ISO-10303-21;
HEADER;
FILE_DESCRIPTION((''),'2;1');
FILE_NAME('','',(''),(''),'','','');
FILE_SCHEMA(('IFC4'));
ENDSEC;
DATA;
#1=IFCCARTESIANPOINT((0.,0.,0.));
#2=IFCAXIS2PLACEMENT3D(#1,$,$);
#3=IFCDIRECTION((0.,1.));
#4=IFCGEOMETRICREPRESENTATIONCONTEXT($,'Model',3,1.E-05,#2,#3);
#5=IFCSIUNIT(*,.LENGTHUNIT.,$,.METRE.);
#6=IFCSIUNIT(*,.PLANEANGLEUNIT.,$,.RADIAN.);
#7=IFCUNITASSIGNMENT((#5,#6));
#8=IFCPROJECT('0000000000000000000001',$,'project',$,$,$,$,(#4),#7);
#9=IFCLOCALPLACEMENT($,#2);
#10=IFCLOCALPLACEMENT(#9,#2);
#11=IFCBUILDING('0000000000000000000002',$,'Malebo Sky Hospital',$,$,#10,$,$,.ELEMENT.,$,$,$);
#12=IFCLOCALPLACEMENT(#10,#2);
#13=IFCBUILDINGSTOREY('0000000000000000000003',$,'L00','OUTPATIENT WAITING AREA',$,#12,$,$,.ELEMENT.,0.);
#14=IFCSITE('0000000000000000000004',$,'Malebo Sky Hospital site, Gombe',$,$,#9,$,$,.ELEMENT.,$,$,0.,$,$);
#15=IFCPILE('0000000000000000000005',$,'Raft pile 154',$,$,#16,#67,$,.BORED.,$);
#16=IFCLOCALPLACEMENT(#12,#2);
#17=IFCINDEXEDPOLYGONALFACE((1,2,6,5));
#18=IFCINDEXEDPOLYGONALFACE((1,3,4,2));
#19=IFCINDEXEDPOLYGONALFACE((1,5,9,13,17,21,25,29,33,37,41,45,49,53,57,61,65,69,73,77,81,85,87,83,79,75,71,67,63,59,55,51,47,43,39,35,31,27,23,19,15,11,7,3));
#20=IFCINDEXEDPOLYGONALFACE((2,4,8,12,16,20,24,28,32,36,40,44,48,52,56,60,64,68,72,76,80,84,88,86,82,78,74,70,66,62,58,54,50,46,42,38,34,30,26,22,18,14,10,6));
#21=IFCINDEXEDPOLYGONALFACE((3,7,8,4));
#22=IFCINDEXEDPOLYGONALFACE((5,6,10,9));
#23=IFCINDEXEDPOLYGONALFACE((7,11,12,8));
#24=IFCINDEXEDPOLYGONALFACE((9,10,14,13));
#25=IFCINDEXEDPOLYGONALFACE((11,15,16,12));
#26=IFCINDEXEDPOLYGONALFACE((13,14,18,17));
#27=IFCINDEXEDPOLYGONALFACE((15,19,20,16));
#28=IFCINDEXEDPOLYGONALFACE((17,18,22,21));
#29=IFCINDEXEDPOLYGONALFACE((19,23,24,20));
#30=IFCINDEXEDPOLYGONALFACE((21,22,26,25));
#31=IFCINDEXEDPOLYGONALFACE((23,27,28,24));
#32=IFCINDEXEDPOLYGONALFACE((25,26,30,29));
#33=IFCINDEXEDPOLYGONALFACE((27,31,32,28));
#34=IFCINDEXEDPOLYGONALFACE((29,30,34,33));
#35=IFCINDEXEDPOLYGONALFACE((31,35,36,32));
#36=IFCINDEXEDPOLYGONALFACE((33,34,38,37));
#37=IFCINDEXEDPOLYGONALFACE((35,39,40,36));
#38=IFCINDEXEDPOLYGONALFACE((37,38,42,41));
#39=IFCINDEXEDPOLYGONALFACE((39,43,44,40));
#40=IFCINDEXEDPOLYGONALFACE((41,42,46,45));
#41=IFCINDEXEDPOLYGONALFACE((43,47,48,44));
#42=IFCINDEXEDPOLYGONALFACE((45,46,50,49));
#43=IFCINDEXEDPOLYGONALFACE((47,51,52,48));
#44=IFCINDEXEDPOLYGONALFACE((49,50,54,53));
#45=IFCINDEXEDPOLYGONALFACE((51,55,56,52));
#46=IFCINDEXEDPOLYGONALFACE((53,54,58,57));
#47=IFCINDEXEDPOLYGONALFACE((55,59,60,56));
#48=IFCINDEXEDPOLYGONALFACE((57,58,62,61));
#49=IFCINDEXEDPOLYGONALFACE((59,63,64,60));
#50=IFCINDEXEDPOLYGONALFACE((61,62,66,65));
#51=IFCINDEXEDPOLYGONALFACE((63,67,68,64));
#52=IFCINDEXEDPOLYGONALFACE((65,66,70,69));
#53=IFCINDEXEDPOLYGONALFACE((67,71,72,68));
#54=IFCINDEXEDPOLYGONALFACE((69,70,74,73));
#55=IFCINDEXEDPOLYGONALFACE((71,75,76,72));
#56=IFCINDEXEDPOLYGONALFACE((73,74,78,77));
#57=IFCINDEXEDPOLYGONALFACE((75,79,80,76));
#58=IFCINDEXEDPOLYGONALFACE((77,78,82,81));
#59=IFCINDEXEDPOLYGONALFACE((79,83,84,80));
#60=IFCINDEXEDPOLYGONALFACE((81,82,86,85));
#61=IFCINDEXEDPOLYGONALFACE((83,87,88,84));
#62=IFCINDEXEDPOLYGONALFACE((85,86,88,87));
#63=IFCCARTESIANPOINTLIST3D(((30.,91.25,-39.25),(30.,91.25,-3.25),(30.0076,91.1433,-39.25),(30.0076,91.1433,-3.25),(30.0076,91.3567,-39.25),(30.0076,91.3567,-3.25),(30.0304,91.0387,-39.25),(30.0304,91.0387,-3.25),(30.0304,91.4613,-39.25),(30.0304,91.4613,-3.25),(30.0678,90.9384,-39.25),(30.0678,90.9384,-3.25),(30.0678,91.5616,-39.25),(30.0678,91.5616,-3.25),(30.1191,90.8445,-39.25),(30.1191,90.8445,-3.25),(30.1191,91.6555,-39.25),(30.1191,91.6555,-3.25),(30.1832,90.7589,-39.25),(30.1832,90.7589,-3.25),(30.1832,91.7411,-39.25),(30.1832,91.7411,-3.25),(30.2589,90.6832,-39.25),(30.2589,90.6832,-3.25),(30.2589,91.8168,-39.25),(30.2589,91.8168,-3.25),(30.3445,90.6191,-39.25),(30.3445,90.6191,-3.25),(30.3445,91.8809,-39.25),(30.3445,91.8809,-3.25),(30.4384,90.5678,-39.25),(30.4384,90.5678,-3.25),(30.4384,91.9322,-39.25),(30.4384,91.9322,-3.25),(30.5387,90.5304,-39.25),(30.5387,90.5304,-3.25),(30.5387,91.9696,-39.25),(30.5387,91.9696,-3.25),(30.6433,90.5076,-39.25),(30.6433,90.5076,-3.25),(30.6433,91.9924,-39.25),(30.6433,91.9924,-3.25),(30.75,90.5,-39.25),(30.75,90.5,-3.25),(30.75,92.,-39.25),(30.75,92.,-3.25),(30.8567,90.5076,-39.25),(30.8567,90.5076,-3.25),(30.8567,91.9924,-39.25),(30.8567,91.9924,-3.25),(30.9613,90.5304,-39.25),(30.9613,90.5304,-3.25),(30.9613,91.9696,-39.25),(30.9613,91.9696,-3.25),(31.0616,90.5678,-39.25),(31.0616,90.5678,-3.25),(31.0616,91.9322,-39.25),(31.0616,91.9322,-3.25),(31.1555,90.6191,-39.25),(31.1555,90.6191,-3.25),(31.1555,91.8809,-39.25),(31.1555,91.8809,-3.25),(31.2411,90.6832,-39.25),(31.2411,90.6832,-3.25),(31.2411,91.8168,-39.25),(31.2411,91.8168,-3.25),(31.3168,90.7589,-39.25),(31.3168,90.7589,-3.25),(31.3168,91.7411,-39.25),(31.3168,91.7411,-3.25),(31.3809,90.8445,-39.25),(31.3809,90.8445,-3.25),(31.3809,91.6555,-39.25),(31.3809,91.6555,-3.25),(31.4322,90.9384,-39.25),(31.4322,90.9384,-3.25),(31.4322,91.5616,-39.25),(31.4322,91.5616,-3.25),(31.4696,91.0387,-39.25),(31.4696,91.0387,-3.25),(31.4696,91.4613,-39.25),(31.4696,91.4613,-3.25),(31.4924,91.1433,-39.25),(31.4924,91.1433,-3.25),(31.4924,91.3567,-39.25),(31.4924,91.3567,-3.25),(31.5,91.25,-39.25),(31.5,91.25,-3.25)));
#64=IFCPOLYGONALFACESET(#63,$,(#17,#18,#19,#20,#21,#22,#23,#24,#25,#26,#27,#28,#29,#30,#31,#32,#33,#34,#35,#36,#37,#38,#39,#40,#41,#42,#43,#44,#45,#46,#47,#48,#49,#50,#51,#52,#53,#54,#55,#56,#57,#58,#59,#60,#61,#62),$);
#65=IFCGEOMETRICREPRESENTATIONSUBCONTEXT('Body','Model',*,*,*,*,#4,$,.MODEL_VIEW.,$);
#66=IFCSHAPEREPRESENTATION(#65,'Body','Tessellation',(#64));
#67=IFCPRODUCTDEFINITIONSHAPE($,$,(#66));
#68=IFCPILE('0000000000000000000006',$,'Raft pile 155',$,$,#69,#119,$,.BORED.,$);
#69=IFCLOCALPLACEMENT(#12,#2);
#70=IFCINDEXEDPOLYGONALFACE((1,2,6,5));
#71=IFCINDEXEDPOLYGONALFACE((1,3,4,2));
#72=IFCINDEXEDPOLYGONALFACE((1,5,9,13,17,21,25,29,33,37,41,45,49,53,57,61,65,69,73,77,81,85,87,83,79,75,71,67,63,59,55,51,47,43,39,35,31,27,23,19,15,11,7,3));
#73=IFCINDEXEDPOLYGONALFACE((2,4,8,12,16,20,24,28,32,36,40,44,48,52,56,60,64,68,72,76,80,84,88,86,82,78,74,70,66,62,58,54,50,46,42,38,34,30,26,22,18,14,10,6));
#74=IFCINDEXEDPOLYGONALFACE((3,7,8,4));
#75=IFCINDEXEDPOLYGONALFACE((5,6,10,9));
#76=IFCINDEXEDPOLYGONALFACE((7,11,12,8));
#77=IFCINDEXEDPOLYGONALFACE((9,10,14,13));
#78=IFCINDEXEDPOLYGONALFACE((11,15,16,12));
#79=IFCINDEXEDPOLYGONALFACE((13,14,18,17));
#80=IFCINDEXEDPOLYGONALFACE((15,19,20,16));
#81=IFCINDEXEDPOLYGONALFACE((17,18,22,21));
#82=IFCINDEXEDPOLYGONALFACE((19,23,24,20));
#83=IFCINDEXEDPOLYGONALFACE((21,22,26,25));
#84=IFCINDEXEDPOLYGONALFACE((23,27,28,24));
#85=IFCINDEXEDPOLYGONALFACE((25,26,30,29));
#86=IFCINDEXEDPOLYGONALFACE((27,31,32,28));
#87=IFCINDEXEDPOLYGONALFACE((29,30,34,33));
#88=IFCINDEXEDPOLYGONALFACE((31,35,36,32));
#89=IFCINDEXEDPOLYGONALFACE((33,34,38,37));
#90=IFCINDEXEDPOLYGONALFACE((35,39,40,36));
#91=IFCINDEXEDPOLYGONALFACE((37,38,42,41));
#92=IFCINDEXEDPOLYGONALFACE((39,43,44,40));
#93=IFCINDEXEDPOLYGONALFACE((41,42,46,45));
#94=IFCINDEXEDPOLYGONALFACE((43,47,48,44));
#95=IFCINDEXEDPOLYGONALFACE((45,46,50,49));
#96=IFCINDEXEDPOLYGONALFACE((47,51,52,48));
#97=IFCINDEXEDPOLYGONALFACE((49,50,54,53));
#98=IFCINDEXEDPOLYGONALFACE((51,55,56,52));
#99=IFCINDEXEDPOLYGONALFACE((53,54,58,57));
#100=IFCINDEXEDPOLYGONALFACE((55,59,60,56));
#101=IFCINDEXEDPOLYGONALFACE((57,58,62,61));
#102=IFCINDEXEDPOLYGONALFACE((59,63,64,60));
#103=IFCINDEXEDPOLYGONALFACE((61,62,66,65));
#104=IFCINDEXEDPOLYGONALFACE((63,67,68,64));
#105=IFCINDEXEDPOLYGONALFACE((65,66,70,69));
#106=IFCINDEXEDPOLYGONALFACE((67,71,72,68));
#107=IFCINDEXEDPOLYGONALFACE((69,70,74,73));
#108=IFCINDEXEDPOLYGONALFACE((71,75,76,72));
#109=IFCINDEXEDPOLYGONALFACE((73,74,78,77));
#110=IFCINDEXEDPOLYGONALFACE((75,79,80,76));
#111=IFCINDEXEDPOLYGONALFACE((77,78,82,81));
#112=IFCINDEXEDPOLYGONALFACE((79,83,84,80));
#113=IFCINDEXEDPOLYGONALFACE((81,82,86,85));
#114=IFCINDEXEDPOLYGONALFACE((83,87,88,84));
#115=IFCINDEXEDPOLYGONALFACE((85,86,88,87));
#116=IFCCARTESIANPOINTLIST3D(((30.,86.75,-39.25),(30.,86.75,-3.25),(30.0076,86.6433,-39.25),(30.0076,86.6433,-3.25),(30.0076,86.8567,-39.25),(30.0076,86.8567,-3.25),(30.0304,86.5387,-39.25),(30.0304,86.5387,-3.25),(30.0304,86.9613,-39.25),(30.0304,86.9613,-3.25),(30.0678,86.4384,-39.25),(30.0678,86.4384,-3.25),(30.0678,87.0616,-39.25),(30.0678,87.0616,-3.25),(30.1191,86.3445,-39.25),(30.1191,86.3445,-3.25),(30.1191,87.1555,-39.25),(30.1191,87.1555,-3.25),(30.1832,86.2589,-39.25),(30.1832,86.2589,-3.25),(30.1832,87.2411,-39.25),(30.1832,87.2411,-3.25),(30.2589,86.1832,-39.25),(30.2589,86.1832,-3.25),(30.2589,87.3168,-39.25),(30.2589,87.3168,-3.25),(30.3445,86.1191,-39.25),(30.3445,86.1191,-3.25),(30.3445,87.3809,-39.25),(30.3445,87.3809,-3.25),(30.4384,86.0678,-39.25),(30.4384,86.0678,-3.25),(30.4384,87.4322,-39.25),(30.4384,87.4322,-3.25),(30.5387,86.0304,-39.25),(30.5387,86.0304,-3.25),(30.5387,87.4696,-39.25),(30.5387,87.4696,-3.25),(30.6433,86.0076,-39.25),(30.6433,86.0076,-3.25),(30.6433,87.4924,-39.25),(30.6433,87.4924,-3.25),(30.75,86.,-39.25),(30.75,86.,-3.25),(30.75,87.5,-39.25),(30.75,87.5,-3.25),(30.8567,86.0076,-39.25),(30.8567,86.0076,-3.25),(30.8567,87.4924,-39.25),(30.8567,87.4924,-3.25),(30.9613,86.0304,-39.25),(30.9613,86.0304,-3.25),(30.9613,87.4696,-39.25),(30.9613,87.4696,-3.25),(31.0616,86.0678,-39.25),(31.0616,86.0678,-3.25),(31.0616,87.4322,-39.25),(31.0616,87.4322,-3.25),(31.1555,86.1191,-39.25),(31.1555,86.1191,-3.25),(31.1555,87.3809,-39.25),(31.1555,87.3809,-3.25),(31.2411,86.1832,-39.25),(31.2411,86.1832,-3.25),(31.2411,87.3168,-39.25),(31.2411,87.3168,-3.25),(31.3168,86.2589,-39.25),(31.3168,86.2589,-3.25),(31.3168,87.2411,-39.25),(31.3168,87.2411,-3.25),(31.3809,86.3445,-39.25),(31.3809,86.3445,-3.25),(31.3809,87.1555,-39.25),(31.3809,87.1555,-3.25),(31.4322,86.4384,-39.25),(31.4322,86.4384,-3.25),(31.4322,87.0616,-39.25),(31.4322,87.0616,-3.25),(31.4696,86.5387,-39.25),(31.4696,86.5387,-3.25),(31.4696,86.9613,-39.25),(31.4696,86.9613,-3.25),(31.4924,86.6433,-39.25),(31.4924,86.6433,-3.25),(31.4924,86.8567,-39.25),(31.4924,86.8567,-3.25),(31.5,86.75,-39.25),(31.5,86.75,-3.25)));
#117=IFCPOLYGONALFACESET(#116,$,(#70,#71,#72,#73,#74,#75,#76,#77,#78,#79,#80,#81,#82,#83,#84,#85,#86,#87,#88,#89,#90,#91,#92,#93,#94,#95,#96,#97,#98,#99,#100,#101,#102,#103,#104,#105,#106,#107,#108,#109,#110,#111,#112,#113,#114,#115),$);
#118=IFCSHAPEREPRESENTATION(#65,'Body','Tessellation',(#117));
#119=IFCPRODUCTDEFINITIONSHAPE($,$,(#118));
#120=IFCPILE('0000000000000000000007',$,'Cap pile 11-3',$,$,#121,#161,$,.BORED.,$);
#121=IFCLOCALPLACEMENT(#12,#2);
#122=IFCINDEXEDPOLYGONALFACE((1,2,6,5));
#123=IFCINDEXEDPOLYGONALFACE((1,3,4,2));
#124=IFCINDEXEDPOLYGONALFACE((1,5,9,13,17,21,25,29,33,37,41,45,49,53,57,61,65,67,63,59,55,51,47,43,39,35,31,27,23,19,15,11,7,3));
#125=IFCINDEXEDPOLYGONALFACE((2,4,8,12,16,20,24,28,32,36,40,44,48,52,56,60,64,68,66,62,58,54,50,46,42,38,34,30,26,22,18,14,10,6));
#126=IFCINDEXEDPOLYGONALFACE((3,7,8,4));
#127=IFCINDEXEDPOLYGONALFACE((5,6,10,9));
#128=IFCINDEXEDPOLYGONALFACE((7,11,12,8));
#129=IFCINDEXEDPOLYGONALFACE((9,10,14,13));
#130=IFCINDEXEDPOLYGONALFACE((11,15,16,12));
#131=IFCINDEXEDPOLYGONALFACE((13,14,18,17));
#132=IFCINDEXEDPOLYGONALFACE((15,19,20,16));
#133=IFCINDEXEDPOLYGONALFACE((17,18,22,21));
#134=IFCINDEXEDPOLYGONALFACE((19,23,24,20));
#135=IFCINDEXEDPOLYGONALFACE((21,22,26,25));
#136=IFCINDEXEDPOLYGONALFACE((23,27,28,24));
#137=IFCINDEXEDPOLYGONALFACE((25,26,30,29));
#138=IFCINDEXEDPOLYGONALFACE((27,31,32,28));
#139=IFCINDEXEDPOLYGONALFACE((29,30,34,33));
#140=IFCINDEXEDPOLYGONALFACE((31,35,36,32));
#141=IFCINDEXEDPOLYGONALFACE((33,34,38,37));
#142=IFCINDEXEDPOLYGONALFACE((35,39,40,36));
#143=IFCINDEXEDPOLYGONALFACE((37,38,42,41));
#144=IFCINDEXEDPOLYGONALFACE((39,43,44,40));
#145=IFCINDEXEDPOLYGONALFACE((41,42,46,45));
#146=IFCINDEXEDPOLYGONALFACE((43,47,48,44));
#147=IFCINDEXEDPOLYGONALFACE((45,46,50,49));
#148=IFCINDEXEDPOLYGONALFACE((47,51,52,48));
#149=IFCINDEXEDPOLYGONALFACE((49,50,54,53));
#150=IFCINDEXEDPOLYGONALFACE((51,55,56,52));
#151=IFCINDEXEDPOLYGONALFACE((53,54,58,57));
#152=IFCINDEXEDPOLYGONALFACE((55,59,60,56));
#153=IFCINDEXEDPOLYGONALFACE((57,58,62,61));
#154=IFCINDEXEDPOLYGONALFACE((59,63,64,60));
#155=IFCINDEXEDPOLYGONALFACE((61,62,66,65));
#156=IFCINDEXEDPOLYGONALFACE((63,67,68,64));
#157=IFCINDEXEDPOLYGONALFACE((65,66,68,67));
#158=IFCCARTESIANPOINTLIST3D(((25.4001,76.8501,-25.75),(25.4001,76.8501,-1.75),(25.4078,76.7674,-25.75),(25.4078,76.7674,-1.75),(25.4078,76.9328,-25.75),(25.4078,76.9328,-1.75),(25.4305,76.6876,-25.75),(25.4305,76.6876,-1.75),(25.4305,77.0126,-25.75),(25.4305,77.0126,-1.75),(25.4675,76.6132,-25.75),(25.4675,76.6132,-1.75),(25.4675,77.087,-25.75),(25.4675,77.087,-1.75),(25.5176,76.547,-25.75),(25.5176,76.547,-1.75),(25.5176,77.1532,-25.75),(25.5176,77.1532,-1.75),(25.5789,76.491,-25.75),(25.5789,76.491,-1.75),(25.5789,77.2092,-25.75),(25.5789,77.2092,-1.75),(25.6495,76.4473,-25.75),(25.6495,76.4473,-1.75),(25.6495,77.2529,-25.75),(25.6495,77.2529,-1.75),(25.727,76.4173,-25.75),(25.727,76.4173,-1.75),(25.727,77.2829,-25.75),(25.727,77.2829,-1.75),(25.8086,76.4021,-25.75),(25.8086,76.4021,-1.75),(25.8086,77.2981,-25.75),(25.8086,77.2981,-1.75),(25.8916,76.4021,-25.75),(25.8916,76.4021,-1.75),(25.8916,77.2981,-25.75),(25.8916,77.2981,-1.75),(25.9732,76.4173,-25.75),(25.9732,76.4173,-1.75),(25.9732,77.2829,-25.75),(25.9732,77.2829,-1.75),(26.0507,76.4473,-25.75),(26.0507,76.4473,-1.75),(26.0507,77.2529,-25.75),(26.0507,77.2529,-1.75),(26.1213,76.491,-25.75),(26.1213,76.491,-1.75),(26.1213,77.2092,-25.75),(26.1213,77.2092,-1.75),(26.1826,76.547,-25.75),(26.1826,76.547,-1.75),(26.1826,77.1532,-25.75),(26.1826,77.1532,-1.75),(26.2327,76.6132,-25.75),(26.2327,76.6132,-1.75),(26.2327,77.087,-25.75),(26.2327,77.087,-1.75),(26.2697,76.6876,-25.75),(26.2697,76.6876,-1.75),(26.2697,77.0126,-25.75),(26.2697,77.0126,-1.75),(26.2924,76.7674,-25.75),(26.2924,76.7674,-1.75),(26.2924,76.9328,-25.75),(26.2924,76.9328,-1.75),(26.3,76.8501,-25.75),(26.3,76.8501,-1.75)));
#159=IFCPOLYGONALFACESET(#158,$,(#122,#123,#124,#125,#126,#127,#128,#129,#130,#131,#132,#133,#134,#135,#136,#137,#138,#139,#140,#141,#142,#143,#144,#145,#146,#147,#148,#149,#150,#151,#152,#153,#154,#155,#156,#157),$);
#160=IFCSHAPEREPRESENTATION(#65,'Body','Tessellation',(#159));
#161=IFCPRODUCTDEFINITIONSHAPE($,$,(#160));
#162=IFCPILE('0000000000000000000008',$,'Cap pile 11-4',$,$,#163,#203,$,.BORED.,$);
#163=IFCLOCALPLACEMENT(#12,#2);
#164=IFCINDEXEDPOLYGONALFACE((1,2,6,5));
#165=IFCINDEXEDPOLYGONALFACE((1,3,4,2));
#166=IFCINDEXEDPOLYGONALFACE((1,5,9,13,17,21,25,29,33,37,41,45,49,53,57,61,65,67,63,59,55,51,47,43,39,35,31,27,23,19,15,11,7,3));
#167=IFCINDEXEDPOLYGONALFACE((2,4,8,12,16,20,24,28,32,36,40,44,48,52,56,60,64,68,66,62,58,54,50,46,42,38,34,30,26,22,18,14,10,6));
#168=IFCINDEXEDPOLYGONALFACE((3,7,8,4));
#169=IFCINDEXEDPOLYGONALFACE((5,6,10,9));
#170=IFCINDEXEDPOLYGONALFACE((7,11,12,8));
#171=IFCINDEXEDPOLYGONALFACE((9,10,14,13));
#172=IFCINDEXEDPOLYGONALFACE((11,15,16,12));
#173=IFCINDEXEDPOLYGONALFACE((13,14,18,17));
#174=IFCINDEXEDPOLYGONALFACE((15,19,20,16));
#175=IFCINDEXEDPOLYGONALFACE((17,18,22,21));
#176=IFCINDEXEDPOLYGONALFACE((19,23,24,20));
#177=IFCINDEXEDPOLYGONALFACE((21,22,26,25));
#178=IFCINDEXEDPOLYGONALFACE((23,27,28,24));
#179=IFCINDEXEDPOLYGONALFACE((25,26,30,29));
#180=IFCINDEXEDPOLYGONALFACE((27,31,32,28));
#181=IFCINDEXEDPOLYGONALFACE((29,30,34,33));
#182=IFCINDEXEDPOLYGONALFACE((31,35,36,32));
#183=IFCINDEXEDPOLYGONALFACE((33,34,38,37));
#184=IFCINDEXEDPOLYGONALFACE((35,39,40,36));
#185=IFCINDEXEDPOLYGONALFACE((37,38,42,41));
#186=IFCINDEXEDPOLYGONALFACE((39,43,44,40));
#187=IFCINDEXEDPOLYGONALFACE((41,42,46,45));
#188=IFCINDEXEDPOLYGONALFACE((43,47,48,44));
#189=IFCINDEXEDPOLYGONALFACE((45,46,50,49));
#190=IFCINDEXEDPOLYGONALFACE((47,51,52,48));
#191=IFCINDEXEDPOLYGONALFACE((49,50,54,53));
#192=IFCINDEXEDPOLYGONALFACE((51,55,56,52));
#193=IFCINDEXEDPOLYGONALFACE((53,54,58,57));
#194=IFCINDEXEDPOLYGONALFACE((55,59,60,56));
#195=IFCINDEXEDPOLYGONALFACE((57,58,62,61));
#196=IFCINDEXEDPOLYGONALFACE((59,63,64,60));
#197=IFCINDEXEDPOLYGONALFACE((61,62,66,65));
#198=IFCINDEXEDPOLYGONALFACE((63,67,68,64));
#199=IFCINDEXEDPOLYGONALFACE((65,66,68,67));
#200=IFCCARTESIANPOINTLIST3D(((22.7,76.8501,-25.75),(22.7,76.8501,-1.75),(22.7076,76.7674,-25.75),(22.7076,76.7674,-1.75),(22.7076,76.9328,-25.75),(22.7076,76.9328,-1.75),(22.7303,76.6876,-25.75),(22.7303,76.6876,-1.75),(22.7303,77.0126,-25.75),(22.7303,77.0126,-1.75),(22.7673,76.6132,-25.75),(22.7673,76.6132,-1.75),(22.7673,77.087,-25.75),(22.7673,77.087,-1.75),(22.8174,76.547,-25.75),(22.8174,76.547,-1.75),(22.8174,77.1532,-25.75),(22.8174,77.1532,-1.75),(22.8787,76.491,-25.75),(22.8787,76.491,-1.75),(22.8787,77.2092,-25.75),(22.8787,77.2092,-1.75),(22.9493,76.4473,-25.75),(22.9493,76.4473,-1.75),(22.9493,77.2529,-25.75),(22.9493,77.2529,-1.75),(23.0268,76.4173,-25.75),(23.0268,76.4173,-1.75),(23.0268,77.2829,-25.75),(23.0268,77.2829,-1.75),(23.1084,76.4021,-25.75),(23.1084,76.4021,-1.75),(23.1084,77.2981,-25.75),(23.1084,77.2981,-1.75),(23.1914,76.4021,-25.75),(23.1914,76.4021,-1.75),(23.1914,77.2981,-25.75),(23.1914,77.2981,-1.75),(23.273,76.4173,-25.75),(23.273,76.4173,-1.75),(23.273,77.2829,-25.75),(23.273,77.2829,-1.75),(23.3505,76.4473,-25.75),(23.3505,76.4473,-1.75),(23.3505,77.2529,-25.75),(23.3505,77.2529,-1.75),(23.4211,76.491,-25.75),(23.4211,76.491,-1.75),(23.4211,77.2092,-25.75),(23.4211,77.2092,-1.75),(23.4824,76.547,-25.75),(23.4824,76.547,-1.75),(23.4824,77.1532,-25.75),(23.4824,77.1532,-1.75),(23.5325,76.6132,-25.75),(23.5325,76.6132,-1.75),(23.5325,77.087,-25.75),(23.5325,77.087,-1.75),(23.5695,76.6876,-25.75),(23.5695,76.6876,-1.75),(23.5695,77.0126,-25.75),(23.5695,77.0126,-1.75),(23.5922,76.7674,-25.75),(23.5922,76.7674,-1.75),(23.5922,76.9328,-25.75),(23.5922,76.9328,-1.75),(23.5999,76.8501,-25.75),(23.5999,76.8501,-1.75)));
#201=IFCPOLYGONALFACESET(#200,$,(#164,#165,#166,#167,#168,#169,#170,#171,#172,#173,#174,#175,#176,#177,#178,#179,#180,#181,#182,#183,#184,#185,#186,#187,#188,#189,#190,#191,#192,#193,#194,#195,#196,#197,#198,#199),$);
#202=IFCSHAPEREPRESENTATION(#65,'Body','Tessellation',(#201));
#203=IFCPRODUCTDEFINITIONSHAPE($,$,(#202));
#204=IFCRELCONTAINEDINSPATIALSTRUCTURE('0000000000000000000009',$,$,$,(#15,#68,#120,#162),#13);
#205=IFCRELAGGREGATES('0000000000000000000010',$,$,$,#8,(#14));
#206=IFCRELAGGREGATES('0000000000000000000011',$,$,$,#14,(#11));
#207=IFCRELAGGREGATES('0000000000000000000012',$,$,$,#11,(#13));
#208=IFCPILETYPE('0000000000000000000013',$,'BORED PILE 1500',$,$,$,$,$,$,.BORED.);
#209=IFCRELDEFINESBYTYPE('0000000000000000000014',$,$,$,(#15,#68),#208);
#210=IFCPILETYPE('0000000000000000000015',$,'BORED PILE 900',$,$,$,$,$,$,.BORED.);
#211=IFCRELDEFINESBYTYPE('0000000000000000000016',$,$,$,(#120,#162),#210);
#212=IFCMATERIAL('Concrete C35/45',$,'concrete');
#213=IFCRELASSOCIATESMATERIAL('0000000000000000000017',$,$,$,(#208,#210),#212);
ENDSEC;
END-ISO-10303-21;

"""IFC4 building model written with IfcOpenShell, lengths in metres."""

from ifc_helpers import new_model, si_unit, direction, frame, origin, origin_2d, place, context, subcontext, project, spatial, circle, extrude, material, material_profile, profile_set, type_object, element, save


model = new_model("IFC4")

# Units and contexts
model_context = context("Model", 3, precision=1e-05, world=origin(), true_north=direction((0.0, 1.0)))
body_context = subcontext(model_context, "Body", "Model", "MODEL_VIEW")
ifc_project = project(units=[si_unit("LENGTHUNIT", "METRE"), si_unit("PLANEANGLEUNIT", "RADIAN")], contexts=[model_context])

# Site, building, storey
site_placement = place(None, origin())
site = spatial("IfcSite", under=ifc_project, at=site_placement, Name="Malebo Sky Hospital site, Gombe", CompositionType="ELEMENT", RefElevation=0.0)
building_placement = place(site_placement, origin())
building = spatial("IfcBuilding", under=site, at=building_placement, Name="Malebo Sky Hospital", CompositionType="ELEMENT")
storey_placement = place(building_placement, origin())
storey = spatial("IfcBuildingStorey", under=building, at=storey_placement, Name="L00", Description="OUTPATIENT WAITING AREA", CompositionType="ELEMENT", Elevation=0.0)

# Piles
ifc_material_1 = material(Name="Concrete C35/45", Category="concrete")
ifc_material_profile_1 = material_profile(ifc_material_1, circle(Radius=0.75, at=origin_2d()), Name="BP 1500")
ifc_profile_set_1 = profile_set([ifc_material_profile_1], Name="Concrete C35/45")
pile_type_1 = type_object("IfcPileType", Name="BORED PILE 1500", PredefinedType="BORED", material=ifc_profile_set_1)
for number, where, z_axis, x_axis, name in (
    (1, (30.75, 91.25, -3.25), (0.0, 0.0, -1.0), (1.0, 0.0, 0.0), "Raft pile 154"),
    (2, (30.75, 86.75, -3.25), (0.0, 0.0, -1.0), (1.0, 0.0, 0.0), "Raft pile 155"),
):
    element("IfcPile", number, at=place(storey_placement, frame(where, z_axis=z_axis, x_axis=x_axis)), inside=storey, type_object=pile_type_1, Name=name, PredefinedType="BORED", context=body_context, shape_type="SweptSolid", body=[
        extrude(circle(Radius=0.75, at=origin_2d()), origin(), (0.0, 0.0, 1.0), 36.0),
    ])
ifc_material_profile_2 = material_profile(ifc_material_1, circle(Radius=0.45, at=origin_2d()), Name="BP 900")
ifc_profile_set_2 = profile_set([ifc_material_profile_2], Name="Concrete C35/45")
pile_type_2 = type_object("IfcPileType", Name="BORED PILE 900", PredefinedType="BORED", material=ifc_profile_set_2)
for number, where, z_axis, x_axis, name in (
    (3, (25.8501, 76.8501, -1.75), (0.0, 0.0, -1.0), (1.0, 0.0, 0.0), "Cap pile 11-3"),
    (4, (23.1499, 76.8501, -1.75), (0.0, 0.0, -1.0), (1.0, 0.0, 0.0), "Cap pile 11-4"),
):
    element("IfcPile", number, at=place(storey_placement, frame(where, z_axis=z_axis, x_axis=x_axis)), inside=storey, type_object=pile_type_2, Name=name, PredefinedType="BORED", context=body_context, shape_type="SweptSolid", body=[
        extrude(circle(Radius=0.45, at=origin_2d()), origin(), (0.0, 0.0, 1.0), 24.0),
    ])

save(model, "model.ifc")
